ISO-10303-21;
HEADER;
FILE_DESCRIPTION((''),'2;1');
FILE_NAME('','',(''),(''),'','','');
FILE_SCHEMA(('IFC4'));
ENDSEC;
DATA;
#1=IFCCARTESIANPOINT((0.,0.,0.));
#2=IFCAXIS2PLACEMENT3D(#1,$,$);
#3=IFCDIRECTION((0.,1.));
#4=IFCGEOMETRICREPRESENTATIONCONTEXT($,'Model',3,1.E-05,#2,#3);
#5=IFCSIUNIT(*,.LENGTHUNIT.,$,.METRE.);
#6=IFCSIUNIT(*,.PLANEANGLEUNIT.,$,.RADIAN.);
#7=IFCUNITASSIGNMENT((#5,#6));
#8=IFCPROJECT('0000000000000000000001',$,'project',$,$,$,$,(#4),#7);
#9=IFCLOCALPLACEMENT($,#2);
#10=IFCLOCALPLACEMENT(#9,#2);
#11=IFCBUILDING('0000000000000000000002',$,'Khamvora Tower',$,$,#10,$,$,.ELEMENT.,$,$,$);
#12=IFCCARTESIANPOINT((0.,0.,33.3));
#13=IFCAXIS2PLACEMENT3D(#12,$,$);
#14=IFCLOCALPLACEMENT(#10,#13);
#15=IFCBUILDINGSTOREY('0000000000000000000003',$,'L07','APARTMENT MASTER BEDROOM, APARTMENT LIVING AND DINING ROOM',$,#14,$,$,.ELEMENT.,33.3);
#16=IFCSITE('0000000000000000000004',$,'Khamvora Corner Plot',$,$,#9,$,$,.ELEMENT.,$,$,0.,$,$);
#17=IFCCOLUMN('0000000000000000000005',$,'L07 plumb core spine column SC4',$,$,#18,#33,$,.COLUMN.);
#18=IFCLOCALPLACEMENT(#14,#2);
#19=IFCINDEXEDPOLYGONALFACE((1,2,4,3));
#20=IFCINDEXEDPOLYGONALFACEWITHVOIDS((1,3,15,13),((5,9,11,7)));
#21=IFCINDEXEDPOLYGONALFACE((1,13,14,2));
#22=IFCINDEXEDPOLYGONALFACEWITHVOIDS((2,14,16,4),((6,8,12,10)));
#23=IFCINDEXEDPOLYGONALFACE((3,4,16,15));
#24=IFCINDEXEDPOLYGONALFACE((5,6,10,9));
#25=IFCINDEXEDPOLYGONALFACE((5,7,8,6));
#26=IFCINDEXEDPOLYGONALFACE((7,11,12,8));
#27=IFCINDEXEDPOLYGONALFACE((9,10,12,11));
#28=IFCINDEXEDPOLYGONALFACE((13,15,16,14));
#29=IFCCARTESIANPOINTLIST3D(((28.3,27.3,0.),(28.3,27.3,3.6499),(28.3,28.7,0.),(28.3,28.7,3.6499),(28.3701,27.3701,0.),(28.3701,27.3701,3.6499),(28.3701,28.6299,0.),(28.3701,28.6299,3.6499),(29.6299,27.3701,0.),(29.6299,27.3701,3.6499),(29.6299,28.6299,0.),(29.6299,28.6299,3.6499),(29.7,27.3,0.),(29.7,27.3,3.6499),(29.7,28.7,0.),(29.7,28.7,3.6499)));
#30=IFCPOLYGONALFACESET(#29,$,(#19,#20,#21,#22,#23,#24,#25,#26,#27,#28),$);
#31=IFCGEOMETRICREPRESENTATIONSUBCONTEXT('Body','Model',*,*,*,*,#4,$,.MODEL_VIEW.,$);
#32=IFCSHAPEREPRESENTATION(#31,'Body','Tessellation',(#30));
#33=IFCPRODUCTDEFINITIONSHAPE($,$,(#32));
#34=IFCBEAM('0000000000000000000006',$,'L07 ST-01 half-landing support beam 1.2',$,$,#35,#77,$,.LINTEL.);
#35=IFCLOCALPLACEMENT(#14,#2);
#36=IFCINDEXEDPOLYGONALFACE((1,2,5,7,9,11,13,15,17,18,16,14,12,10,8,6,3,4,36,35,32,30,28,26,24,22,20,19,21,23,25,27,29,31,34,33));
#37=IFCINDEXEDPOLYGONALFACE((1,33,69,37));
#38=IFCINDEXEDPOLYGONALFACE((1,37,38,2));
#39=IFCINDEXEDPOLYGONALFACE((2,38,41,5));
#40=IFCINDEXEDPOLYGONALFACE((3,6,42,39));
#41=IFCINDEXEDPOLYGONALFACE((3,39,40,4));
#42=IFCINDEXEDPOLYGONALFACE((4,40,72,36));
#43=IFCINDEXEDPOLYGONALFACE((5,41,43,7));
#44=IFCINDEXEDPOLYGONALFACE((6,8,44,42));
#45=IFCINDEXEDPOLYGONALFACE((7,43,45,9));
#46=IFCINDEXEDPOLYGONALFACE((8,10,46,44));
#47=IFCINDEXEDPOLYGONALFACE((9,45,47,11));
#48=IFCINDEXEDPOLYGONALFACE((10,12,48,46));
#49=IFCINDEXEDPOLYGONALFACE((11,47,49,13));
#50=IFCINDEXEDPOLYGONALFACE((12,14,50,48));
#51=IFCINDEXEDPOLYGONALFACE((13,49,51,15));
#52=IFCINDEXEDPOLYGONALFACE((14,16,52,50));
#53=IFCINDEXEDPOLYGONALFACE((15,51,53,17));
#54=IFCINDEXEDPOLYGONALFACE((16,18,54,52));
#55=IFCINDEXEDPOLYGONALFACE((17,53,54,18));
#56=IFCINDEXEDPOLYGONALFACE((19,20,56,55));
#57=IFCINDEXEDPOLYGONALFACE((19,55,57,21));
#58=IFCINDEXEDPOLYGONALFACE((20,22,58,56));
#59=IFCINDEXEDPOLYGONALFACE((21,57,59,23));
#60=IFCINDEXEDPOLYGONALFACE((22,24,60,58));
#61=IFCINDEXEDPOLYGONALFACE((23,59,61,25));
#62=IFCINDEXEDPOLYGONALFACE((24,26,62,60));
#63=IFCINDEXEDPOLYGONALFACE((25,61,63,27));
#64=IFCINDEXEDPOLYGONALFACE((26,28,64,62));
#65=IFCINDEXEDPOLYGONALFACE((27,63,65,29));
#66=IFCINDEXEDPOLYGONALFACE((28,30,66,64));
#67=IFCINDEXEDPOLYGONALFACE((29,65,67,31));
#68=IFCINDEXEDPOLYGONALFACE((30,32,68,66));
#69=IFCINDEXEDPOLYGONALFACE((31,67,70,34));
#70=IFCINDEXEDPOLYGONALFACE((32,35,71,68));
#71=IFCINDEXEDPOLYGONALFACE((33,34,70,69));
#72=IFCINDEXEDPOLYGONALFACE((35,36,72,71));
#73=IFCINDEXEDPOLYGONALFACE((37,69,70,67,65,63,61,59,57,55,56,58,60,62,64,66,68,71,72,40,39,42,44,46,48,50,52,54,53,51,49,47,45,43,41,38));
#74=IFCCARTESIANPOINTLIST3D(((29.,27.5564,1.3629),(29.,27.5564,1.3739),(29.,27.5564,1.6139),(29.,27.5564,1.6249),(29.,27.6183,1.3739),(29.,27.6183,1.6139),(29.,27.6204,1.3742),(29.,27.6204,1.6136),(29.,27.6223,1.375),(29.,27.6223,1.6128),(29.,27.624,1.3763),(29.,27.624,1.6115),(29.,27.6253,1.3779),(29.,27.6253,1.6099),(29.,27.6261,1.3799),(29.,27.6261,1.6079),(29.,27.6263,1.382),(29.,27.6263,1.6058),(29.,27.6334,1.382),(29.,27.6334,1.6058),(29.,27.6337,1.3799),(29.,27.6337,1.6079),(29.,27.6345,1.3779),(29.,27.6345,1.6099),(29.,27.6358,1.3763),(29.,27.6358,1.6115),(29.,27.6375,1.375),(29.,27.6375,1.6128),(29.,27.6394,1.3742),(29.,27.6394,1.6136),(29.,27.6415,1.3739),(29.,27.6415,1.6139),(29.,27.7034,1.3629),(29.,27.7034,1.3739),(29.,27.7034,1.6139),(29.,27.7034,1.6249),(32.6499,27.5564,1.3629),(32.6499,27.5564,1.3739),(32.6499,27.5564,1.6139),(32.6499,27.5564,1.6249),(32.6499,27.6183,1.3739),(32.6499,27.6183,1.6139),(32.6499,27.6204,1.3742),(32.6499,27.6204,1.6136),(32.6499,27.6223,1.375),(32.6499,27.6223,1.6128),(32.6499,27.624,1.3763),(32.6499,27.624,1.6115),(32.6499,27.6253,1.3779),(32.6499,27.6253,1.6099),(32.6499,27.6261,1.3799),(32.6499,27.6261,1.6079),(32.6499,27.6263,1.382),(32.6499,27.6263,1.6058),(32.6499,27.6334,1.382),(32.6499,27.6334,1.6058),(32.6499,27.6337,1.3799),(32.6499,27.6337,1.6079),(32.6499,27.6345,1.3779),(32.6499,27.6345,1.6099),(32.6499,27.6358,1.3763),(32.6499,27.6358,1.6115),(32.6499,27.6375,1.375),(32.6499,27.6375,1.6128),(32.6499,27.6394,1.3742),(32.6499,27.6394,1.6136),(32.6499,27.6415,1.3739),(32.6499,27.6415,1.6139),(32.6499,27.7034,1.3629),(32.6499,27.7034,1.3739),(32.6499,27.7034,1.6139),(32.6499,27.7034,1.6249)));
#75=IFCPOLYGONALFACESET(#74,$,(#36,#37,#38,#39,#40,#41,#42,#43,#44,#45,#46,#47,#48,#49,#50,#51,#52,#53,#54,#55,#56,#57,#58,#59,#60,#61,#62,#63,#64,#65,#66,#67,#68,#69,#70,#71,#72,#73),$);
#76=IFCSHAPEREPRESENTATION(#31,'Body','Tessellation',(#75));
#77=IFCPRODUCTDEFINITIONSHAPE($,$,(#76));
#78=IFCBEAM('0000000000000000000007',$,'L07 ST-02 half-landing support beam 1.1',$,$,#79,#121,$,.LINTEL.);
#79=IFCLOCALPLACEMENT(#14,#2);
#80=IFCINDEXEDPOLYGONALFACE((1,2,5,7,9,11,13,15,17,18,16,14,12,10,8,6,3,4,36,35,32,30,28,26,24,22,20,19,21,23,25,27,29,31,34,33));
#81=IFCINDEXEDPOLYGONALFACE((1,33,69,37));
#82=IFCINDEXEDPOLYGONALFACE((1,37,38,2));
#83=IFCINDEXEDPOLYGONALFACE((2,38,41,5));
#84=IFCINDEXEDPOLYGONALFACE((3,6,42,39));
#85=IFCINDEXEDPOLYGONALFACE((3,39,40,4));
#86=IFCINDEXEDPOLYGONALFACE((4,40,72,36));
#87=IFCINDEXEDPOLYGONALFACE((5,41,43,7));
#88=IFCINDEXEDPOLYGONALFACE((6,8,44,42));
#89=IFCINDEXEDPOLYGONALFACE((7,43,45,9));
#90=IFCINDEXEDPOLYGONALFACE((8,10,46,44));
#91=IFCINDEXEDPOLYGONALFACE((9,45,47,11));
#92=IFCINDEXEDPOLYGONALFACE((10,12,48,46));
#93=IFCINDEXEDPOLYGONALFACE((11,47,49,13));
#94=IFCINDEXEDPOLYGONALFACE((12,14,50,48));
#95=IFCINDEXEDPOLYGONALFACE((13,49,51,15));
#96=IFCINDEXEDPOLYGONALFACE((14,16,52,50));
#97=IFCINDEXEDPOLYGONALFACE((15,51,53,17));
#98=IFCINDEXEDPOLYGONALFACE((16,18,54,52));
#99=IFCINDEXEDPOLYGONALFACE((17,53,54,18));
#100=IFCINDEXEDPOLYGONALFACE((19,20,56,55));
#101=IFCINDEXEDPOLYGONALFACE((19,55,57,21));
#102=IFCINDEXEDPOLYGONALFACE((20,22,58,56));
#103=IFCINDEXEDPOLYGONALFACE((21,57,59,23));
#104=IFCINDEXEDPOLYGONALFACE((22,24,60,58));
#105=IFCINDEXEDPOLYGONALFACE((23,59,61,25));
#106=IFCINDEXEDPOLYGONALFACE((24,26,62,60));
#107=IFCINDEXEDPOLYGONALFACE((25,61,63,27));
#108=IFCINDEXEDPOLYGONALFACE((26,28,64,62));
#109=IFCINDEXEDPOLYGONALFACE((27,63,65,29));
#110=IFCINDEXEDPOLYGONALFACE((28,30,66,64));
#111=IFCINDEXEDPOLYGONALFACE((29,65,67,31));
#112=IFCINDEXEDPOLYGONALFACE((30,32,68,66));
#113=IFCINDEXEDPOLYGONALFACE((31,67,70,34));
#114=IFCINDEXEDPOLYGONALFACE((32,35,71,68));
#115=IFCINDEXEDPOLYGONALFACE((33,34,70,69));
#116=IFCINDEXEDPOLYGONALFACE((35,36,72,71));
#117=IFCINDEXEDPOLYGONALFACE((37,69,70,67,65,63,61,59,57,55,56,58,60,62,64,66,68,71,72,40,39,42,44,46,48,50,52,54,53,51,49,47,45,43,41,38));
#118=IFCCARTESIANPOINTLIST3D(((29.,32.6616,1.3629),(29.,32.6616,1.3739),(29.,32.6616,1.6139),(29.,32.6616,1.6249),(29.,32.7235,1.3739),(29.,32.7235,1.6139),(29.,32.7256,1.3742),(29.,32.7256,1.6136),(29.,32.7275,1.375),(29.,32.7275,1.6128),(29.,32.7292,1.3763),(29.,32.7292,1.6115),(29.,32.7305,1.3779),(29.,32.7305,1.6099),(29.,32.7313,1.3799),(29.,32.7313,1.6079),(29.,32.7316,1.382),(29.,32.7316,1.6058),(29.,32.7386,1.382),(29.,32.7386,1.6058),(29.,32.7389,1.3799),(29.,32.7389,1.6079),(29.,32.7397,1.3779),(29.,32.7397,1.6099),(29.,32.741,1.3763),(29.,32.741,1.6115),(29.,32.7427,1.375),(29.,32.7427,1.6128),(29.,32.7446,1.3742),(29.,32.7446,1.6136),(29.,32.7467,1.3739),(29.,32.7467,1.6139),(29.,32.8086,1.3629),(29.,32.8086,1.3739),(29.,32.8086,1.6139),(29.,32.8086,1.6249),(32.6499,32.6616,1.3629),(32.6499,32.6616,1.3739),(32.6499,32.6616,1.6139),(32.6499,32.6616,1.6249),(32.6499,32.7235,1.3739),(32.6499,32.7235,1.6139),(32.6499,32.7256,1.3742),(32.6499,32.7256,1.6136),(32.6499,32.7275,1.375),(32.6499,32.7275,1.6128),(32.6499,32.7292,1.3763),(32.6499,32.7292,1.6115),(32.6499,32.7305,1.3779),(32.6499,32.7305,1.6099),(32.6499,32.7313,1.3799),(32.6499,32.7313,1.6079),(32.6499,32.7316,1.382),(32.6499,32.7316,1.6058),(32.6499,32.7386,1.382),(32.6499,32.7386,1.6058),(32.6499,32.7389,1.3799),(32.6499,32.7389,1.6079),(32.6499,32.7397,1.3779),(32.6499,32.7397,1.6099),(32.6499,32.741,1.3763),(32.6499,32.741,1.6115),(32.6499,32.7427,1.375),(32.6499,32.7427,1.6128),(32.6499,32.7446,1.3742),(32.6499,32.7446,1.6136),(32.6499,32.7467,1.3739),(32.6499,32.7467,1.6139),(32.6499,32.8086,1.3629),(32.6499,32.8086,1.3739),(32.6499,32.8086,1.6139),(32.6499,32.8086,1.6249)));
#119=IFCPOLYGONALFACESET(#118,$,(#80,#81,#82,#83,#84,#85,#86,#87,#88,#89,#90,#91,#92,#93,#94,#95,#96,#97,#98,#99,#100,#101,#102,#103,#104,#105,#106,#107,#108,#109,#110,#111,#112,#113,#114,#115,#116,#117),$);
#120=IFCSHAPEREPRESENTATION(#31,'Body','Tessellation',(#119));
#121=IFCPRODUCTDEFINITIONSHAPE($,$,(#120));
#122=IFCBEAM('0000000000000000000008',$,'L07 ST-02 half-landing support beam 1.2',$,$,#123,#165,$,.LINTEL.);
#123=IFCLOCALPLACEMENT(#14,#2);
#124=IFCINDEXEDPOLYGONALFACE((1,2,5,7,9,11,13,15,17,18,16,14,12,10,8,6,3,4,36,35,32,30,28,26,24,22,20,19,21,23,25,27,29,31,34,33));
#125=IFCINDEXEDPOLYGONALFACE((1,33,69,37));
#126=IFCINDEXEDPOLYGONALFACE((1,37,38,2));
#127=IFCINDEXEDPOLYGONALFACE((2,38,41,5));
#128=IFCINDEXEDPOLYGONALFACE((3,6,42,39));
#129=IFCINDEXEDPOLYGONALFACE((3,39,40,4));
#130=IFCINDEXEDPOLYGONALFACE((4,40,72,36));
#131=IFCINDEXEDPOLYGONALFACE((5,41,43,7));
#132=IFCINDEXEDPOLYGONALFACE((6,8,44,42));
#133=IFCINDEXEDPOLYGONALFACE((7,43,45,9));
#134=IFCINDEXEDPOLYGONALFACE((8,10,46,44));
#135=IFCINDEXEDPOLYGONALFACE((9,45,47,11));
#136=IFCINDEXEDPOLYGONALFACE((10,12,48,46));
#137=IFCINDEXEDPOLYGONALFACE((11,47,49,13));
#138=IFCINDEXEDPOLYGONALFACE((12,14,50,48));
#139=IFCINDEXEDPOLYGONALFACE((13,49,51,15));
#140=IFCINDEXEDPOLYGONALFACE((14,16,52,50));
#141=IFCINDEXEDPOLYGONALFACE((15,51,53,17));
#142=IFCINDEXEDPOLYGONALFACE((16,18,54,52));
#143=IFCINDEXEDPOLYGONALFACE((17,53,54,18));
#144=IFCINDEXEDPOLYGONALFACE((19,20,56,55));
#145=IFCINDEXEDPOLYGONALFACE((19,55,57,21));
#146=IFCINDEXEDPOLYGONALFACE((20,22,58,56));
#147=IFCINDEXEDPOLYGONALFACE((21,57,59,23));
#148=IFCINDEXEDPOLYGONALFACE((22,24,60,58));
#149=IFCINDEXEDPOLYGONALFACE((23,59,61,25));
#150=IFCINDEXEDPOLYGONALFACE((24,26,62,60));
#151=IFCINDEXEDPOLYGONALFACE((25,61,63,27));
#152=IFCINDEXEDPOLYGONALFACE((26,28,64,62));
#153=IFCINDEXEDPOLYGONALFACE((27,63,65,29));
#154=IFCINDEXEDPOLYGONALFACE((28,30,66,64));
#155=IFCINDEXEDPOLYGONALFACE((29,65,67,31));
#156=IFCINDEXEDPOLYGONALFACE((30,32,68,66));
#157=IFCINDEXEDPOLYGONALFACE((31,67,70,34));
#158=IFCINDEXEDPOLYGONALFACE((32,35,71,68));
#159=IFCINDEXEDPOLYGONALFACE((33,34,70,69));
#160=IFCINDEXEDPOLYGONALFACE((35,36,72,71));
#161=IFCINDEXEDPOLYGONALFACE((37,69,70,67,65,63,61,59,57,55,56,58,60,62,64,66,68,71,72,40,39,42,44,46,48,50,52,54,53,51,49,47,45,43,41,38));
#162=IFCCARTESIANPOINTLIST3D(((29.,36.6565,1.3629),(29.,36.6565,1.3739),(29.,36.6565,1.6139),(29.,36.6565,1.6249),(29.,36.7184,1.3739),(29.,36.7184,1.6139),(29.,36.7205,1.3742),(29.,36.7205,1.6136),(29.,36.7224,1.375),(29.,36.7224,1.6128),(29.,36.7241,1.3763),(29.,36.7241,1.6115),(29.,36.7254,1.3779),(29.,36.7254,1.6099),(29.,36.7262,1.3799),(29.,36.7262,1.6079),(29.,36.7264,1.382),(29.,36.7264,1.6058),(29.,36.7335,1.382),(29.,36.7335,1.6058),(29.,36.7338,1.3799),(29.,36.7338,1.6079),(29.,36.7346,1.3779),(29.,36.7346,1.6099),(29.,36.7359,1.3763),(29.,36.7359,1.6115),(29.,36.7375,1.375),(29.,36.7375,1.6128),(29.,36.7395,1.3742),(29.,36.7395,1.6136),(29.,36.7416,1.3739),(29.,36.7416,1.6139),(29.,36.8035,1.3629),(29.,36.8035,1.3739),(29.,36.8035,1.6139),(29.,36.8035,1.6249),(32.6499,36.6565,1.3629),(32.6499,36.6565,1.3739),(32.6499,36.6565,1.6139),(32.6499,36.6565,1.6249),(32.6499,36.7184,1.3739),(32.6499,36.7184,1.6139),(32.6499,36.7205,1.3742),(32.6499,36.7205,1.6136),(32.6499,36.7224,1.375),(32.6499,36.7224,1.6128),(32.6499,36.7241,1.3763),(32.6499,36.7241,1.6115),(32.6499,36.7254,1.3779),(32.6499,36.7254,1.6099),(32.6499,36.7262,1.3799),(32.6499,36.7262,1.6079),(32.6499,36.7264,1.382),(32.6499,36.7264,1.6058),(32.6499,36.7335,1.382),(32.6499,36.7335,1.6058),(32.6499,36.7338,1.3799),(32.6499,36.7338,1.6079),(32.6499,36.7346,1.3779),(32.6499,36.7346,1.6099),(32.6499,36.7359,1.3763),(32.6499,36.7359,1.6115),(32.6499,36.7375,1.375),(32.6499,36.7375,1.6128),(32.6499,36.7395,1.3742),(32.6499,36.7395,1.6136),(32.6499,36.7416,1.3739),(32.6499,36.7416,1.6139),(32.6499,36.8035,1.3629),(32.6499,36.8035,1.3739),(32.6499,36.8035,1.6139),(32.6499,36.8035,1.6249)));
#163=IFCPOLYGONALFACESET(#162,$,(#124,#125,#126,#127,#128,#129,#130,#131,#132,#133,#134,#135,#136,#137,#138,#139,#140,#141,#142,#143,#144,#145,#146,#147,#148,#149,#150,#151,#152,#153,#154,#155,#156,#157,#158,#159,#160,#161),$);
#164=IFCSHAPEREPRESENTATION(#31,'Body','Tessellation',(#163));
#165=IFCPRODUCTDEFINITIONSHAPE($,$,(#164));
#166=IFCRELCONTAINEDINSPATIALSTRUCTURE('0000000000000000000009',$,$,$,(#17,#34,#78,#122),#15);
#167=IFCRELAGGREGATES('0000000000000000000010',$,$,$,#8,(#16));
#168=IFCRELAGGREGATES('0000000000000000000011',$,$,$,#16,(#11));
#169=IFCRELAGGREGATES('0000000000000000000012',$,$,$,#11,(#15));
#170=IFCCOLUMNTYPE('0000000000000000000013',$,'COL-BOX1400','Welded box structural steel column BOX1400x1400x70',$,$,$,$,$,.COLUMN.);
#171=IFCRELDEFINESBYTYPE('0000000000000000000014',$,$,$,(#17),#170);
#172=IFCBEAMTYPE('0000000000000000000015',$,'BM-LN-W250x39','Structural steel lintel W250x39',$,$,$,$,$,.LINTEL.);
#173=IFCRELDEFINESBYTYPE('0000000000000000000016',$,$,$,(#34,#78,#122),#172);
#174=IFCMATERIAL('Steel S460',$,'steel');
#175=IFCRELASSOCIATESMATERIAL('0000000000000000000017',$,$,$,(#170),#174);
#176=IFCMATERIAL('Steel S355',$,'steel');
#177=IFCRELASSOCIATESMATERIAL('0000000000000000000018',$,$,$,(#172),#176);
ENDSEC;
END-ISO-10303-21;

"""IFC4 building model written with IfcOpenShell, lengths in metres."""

from ifc_helpers import new_model, si_unit, direction, frame, origin, origin_2d, place, context, subcontext, project, spatial, hollow_rectangle, i_section, extrude, material, material_profile, profile_set, type_object, element, save


model = new_model("IFC4")

# Units and contexts
model_context = context("Model", 3, precision=1e-05, world=origin(), true_north=direction((0.0, 1.0)))
body_context = subcontext(model_context, "Body", "Model", "MODEL_VIEW")
ifc_project = project(units=[si_unit("LENGTHUNIT", "METRE"), si_unit("PLANEANGLEUNIT", "RADIAN")], contexts=[model_context])

# Site, building, storey
site_placement = place(None, origin())
site = spatial("IfcSite", under=ifc_project, at=site_placement, Name="Khamvora Corner Plot", CompositionType="ELEMENT", RefElevation=0.0)
building_placement = place(site_placement, origin())
building = spatial("IfcBuilding", under=site, at=building_placement, Name="Khamvora Tower", CompositionType="ELEMENT")
storey_placement = place(building_placement, frame((0.0, 0.0, 33.3)))
storey = spatial("IfcBuildingStorey", under=building, at=storey_placement, Name="L07", Description="APARTMENT MASTER BEDROOM, APARTMENT LIVING AND DINING ROOM", CompositionType="ELEMENT", Elevation=33.3)

# Column
ifc_material_1 = material(Name="Steel S460", Category="steel")
ifc_material_profile_1 = material_profile(ifc_material_1, hollow_rectangle(XDim=1.3999, YDim=1.3999, WallThickness=0.0701, at=origin_2d()), Name="BOX1400x1400x70")
ifc_profile_set_1 = profile_set([ifc_material_profile_1], Name="Steel S460")
column_type = type_object("IfcColumnType", Name="COL-BOX1400", Description="Welded box structural steel column BOX1400x1400x70", PredefinedType="COLUMN", material=ifc_profile_set_1)
column_placement = place(storey_placement, frame((29.0, 28.0, 0.0), z_axis=(0.0, 0.0, 1.0), x_axis=(1.0, 0.0, 0.0)))
element("IfcColumn", 1, at=column_placement, inside=storey, type_object=column_type, Name="L07 plumb core spine column SC4", PredefinedType="COLUMN", context=body_context, shape_type="SweptSolid", body=[
    extrude(hollow_rectangle(XDim=1.3999, YDim=1.3999, WallThickness=0.0701, at=origin_2d()), origin(), (0.0, 0.0, 1.0), 3.6499),
])

# Beams
ifc_material_2 = material(Name="Steel S355", Category="steel")
ifc_material_profile_2 = material_profile(ifc_material_2, i_section(OverallWidth=0.147, OverallDepth=0.262, WebThickness=0.0071, FlangeThickness=0.011, FilletRadius=0.0081, at=origin_2d()), Name="W250x39")
ifc_profile_set_2 = profile_set([ifc_material_profile_2], Name="Steel S355")
beam_type_1 = type_object("IfcBeamType", Name="BM-LN-W250x39", Description="Structural steel lintel W250x39", PredefinedType="LINTEL", material=ifc_profile_set_2)
for number, where, z_axis, x_axis, name in (
    (2, (29.0, 27.6299, 1.4939), (1.0, 0.0, 0.0), (0.0, 1.0, 0.0), "L07 ST-01 half-landing support beam 1.2"),
    (3, (29.0, 32.7351, 1.4939), (1.0, 0.0, 0.0), (0.0, 1.0, 0.0), "L07 ST-02 half-landing support beam 1.1"),
    (4, (29.0, 36.73, 1.4939), (1.0, 0.0, 0.0), (0.0, 1.0, 0.0), "L07 ST-02 half-landing support beam 1.2"),
):
    element("IfcBeam", number, at=place(storey_placement, frame(where, z_axis=z_axis, x_axis=x_axis)), inside=storey, type_object=beam_type_1, Name=name, PredefinedType="LINTEL", context=body_context, shape_type="SweptSolid", body=[
        extrude(i_section(OverallWidth=0.147, OverallDepth=0.262, WebThickness=0.0071, FlangeThickness=0.011, FilletRadius=0.0081, at=origin_2d()), origin(), (0.0, 0.0, 1.0), 3.6499),
    ])

save(model, "model.ifc")
